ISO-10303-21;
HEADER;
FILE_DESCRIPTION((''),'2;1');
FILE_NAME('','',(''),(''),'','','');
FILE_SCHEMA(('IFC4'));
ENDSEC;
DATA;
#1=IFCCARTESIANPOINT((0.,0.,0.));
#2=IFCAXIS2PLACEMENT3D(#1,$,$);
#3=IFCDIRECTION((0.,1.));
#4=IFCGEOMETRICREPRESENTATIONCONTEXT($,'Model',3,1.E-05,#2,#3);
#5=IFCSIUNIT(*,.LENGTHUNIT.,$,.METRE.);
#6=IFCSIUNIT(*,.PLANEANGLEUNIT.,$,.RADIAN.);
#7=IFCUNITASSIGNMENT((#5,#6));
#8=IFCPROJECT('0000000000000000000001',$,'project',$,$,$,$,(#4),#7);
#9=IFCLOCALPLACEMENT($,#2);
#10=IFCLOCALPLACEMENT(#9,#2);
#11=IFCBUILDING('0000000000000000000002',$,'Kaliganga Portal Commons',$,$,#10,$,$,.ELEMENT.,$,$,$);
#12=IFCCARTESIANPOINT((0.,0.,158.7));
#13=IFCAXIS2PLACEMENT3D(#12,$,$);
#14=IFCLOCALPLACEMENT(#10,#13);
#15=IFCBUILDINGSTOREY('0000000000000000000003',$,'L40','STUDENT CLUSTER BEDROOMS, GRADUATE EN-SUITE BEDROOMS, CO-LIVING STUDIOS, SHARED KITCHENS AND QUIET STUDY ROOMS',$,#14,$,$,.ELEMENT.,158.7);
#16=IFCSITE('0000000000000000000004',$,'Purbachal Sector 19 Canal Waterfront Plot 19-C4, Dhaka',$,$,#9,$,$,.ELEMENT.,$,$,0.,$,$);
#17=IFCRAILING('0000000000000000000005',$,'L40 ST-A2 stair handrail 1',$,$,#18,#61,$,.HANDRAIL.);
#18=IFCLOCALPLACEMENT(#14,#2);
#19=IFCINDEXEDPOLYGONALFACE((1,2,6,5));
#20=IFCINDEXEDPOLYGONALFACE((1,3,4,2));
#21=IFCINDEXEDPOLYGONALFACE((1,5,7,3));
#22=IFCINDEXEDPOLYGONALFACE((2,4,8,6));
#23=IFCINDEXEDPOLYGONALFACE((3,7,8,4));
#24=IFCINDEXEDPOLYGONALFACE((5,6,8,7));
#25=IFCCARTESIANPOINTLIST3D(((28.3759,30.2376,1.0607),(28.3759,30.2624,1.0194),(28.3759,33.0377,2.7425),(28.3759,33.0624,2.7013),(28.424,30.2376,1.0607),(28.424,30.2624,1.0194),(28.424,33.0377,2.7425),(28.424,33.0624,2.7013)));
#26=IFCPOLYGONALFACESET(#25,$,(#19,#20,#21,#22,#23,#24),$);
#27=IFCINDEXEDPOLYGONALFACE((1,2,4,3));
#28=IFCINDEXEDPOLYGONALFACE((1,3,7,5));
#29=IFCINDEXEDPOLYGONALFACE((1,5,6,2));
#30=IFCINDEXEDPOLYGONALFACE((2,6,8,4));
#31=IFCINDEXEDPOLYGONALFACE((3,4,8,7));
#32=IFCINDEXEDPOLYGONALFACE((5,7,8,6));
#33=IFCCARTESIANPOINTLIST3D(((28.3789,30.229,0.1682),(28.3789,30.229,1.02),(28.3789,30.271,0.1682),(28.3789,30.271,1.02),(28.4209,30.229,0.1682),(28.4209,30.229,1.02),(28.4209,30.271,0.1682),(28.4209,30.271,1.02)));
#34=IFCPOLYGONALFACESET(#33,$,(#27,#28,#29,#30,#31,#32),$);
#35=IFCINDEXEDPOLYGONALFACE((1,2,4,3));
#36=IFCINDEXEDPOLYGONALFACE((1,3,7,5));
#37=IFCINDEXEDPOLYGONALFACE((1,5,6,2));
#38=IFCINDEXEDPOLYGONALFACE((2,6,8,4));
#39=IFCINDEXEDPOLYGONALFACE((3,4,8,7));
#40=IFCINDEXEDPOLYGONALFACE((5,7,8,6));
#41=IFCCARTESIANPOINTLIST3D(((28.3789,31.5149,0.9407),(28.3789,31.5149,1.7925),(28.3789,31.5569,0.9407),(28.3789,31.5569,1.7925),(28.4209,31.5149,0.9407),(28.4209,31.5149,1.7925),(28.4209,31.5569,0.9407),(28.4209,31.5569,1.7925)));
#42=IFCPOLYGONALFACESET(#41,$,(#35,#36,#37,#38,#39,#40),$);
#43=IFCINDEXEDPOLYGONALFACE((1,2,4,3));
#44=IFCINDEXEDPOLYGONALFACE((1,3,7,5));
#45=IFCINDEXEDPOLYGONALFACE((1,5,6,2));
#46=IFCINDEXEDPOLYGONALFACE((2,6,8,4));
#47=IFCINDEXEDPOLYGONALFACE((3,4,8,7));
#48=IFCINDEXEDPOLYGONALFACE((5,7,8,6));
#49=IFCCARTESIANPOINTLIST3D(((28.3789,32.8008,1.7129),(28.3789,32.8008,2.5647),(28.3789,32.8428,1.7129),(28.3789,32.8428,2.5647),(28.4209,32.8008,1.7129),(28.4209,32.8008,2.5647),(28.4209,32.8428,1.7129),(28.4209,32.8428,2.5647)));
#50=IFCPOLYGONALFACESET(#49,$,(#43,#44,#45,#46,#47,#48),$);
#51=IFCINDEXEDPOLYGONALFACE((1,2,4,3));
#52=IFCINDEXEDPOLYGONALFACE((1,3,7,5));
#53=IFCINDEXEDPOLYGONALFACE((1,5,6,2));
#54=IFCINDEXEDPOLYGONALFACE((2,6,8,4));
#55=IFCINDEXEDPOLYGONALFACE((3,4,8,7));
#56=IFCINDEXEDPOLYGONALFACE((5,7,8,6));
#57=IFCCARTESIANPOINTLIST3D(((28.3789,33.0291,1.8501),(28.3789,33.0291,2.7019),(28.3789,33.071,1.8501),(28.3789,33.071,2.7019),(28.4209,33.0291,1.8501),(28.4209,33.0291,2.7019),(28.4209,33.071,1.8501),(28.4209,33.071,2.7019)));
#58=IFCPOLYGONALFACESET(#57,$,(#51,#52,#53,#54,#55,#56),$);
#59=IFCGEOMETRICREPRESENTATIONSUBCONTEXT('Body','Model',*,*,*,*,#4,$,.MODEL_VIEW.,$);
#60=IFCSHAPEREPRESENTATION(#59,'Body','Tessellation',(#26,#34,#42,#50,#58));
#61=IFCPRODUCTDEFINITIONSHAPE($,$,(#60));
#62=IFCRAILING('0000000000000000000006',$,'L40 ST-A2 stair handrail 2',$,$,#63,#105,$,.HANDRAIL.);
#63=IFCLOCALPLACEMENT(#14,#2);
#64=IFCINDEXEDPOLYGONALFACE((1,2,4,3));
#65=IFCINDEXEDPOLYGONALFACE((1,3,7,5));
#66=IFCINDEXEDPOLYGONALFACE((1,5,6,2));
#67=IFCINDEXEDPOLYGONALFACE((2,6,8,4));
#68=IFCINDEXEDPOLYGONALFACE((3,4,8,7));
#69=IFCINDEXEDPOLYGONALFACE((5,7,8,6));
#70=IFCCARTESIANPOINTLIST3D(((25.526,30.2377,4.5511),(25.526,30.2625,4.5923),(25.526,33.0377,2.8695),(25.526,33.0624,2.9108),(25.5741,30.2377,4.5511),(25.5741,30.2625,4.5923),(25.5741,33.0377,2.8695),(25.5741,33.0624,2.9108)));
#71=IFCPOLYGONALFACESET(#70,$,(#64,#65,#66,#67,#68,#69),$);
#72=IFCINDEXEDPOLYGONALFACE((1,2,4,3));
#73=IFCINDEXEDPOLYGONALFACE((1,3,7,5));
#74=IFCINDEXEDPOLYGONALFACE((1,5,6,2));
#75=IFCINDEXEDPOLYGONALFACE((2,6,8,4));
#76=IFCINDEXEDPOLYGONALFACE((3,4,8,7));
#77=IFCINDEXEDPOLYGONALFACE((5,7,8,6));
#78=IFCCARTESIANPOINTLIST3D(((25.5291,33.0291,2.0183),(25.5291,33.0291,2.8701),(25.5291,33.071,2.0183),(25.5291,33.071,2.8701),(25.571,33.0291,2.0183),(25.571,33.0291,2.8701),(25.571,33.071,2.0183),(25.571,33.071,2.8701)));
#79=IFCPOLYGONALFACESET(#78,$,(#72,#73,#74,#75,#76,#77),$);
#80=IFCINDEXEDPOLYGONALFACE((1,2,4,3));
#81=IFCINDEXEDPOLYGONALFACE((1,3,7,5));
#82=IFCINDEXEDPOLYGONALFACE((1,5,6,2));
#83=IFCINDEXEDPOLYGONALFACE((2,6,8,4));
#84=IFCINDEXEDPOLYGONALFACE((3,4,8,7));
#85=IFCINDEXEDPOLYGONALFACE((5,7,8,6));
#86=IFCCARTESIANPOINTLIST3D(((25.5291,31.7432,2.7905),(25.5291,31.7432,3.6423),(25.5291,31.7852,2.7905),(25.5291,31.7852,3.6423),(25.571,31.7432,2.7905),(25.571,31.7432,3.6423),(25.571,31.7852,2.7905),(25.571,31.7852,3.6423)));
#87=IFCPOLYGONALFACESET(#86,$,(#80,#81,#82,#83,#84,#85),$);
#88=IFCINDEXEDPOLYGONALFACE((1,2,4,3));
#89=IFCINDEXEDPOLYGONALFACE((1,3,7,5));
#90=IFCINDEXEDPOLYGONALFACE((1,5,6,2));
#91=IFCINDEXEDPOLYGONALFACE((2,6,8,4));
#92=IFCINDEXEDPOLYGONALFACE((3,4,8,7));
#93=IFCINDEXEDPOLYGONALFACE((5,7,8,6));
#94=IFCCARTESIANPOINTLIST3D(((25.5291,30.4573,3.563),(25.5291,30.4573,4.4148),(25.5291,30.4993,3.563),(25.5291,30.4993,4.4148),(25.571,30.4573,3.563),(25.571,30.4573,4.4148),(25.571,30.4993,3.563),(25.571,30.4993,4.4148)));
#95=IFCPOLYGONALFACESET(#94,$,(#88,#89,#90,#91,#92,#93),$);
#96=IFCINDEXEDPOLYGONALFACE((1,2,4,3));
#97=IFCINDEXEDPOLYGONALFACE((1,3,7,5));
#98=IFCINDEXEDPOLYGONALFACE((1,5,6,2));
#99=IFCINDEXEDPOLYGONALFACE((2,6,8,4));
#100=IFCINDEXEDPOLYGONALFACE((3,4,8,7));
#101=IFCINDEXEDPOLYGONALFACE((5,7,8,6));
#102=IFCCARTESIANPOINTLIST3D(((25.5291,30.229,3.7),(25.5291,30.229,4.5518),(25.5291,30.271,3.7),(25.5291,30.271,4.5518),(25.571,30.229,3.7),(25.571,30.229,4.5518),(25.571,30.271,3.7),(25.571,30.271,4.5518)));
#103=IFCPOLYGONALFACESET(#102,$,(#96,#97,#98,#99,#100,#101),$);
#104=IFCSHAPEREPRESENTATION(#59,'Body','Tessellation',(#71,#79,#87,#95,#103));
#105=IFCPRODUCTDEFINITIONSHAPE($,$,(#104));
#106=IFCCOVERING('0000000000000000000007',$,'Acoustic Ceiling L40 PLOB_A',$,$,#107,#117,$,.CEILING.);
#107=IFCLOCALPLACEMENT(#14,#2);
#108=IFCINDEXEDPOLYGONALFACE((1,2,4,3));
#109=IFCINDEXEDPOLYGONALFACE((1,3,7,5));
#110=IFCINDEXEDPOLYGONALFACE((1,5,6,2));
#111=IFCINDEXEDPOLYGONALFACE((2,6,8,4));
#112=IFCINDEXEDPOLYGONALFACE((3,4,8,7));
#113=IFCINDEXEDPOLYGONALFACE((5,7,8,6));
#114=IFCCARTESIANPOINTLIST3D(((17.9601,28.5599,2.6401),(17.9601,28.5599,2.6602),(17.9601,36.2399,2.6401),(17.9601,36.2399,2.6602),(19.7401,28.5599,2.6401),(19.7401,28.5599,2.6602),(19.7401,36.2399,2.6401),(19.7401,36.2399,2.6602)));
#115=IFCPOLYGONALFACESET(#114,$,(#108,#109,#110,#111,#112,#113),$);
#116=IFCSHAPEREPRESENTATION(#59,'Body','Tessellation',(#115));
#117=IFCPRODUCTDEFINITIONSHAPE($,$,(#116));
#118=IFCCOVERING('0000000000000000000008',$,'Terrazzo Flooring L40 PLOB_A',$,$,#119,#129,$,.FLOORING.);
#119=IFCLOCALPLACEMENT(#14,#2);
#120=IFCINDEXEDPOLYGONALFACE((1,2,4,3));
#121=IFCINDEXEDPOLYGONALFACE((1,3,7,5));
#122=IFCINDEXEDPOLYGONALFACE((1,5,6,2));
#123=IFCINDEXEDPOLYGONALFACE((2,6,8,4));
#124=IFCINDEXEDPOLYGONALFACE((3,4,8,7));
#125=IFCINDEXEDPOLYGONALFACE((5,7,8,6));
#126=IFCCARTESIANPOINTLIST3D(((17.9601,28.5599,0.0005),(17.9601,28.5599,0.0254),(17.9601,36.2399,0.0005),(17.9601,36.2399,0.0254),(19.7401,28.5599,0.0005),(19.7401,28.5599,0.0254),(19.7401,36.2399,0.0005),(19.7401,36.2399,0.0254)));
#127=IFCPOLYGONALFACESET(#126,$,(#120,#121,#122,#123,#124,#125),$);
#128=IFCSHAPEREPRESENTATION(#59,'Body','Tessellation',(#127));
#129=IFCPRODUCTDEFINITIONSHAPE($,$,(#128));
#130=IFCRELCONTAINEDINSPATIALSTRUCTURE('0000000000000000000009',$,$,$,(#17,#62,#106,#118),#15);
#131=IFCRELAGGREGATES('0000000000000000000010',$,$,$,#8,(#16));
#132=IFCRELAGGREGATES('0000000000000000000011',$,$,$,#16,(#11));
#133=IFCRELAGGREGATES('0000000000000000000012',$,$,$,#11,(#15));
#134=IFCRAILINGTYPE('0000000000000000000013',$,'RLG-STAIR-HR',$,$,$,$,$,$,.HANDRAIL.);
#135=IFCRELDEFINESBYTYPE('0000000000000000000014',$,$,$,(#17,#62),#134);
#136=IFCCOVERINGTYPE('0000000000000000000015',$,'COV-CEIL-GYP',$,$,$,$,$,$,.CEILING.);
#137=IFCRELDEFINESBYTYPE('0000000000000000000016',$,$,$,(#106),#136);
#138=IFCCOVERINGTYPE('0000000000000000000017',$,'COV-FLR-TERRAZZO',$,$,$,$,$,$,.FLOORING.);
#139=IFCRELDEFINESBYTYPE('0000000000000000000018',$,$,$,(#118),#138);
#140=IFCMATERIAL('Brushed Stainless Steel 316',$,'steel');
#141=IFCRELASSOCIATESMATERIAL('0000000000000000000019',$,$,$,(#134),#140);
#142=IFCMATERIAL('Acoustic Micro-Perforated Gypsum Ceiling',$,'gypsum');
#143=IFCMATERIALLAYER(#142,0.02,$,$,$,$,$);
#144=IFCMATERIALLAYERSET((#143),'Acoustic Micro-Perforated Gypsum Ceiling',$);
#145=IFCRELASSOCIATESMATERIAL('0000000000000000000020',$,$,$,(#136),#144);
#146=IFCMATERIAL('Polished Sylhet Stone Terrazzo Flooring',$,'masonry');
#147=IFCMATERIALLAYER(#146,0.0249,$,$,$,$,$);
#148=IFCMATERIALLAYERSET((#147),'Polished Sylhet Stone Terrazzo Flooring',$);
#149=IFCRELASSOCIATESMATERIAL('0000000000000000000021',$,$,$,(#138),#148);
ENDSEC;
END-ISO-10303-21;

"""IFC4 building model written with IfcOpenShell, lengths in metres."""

from ifc_helpers import new_model, si_unit, direction, frame, origin, origin_2d, place, context, subcontext, project, spatial, rectangle, extrude, source, transform, mapped, material, layer, layer_set, type_object, element, save


model = new_model("IFC4")

# Units and contexts
model_context = context("Model", 3, precision=1e-05, world=origin(), true_north=direction((0.0, 1.0)))
body_context = subcontext(model_context, "Body", "Model", "MODEL_VIEW")
ifc_project = project(units=[si_unit("LENGTHUNIT", "METRE"), si_unit("PLANEANGLEUNIT", "RADIAN")], contexts=[model_context])

# Site, building, storey
site_placement = place(None, origin())
site = spatial("IfcSite", under=ifc_project, at=site_placement, Name="Purbachal Sector 19 Canal Waterfront Plot 19-C4, Dhaka", CompositionType="ELEMENT", RefElevation=0.0)
building_placement = place(site_placement, origin())
building = spatial("IfcBuilding", under=site, at=building_placement, Name="Kaliganga Portal Commons", CompositionType="ELEMENT")
storey_placement = place(building_placement, frame((0.0, 0.0, 158.7)))
storey = spatial("IfcBuildingStorey", under=building, at=storey_placement, Name="L40", Description="STUDENT CLUSTER BEDROOMS, GRADUATE EN-SUITE BEDROOMS, CO-LIVING STUDIOS, SHARED KITCHENS AND QUIET STUDY ROOMS", CompositionType="ELEMENT", Elevation=158.7)

# Railings
ifc_material_1 = material(Name="Brushed Stainless Steel 316", Category="steel")
railing_type_1 = type_object("IfcRailingType", Name="RLG-STAIR-HR", PredefinedType="HANDRAIL", material=ifc_material_1)
railing_1_placement = place(storey_placement, frame((28.3999, 30.25, 0.1682)))
element("IfcRailing", 1, at=railing_1_placement, inside=storey, type_object=railing_type_1, Name="L40 ST-A2 stair handrail 1", PredefinedType="HANDRAIL", context=body_context, shape_type="SweptSolid", body=[
    extrude(rectangle(XDim=0.0481, YDim=0.0481, at=origin_2d()), frame((0.0, 0.0, 0.8718), z_axis=(0.0, 0.857242, 0.514913), x_axis=(-1.0, 0.0, 0.0)), (0.0, 0.0, 1.0), 3.2664),
    extrude(rectangle(XDim=0.042, YDim=0.042, at=origin_2d()), origin(), (0.0, 0.0, 1.0), 0.8518),
    extrude(rectangle(XDim=0.042, YDim=0.042, at=origin_2d()), frame((0.0, 1.2859, 0.7725)), (0.0, 0.0, 1.0), 0.8518),
    extrude(rectangle(XDim=0.042, YDim=0.042, at=origin_2d()), frame((0.0, 2.5718, 1.5447)), (0.0, 0.0, 1.0), 0.8518),
    extrude(rectangle(XDim=0.042, YDim=0.042, at=origin_2d()), frame((0.0, 2.8, 1.6819)), (0.0, 0.0, 1.0), 0.8518),
])
railing_2_placement = place(storey_placement, frame((25.55, 33.05, 2.0183)))
element("IfcRailing", 2, at=railing_2_placement, inside=storey, type_object=railing_type_1, Name="L40 ST-A2 stair handrail 2", PredefinedType="HANDRAIL", context=body_context, shape_type="SweptSolid", body=[
    extrude(rectangle(XDim=0.0481, YDim=0.0481, at=origin_2d()), frame((0.0, 0.0, 0.8718), z_axis=(0.0, -0.857275, 0.514858), x_axis=(1.0, 0.0, 0.0)), (0.0, 0.0, 1.0), 3.2661),
    extrude(rectangle(XDim=0.042, YDim=0.042, at=origin_2d()), origin(), (0.0, 0.0, 1.0), 0.8518),
    extrude(rectangle(XDim=0.042, YDim=0.042, at=origin_2d()), frame((0.0, -1.2859, 0.7722)), (0.0, 0.0, 1.0), 0.8518),
    extrude(rectangle(XDim=0.042, YDim=0.042, at=origin_2d()), frame((0.0, -2.5718, 1.5447)), (0.0, 0.0, 1.0), 0.8518),
    extrude(rectangle(XDim=0.042, YDim=0.042, at=origin_2d()), frame((0.0, -2.8, 1.6816)), (0.0, 0.0, 1.0), 0.8518),
])

# Coverings
ifc_material_2 = material(Name="Acoustic Micro-Perforated Gypsum Ceiling", Category="gypsum")
ifc_layer_1 = layer(ifc_material_2, 0.02)
ifc_layer_set_1 = layer_set([ifc_layer_1], Name="Acoustic Micro-Perforated Gypsum Ceiling")
covering_type_1 = type_object("IfcCoveringType", Name="COV-CEIL-GYP", PredefinedType="CEILING", material=ifc_layer_set_1)
shared_shape_1 = source(origin(), body_context, "Body", "SweptSolid", [
    extrude(rectangle(XDim=1.78, YDim=7.6799, at=origin_2d()), origin(), (0.0, 0.0, 1.0), 0.02),
])
covering_1_placement = place(storey_placement, frame((18.8501, 32.3999, 2.6401), z_axis=(0.0, 0.0, 1.0), x_axis=(1.0, 0.0, 0.0)))
element("IfcCovering", 3, at=covering_1_placement, inside=storey, type_object=covering_type_1, Name="Acoustic Ceiling L40 PLOB_A", PredefinedType="CEILING", context=body_context, shape_type="MappedRepresentation", body=[
    mapped(shared_shape_1, transform((0.0, 0.0, 0.0), x_axis=(1.0, 0.0, 0.0), y_axis=(0.0, 1.0, 0.0), z_axis=(0.0, 0.0, 1.0), scale=1.0)),
])
ifc_material_3 = material(Name="Polished Sylhet Stone Terrazzo Flooring", Category="masonry")
ifc_layer_2 = layer(ifc_material_3, 0.0249)
ifc_layer_set_2 = layer_set([ifc_layer_2], Name="Polished Sylhet Stone Terrazzo Flooring")
covering_type_2 = type_object("IfcCoveringType", Name="COV-FLR-TERRAZZO", PredefinedType="FLOORING", material=ifc_layer_set_2)
shared_shape_2 = source(origin(), body_context, "Body", "SweptSolid", [
    extrude(rectangle(XDim=1.78, YDim=7.6799, at=origin_2d()), origin(), (0.0, 0.0, 1.0), 0.0249),
])
covering_2_placement = place(storey_placement, frame((18.8501, 32.3999, 0.0005), z_axis=(0.0, 0.0, 1.0), x_axis=(1.0, 0.0, 0.0)))
element("IfcCovering", 4, at=covering_2_placement, inside=storey, type_object=covering_type_2, Name="Terrazzo Flooring L40 PLOB_A", PredefinedType="FLOORING", context=body_context, shape_type="MappedRepresentation", body=[
    mapped(shared_shape_2, transform((0.0, 0.0, 0.0), x_axis=(1.0, 0.0, 0.0), y_axis=(0.0, 1.0, 0.0), z_axis=(0.0, 0.0, 1.0), scale=1.0)),
])

save(model, "model.ifc")
